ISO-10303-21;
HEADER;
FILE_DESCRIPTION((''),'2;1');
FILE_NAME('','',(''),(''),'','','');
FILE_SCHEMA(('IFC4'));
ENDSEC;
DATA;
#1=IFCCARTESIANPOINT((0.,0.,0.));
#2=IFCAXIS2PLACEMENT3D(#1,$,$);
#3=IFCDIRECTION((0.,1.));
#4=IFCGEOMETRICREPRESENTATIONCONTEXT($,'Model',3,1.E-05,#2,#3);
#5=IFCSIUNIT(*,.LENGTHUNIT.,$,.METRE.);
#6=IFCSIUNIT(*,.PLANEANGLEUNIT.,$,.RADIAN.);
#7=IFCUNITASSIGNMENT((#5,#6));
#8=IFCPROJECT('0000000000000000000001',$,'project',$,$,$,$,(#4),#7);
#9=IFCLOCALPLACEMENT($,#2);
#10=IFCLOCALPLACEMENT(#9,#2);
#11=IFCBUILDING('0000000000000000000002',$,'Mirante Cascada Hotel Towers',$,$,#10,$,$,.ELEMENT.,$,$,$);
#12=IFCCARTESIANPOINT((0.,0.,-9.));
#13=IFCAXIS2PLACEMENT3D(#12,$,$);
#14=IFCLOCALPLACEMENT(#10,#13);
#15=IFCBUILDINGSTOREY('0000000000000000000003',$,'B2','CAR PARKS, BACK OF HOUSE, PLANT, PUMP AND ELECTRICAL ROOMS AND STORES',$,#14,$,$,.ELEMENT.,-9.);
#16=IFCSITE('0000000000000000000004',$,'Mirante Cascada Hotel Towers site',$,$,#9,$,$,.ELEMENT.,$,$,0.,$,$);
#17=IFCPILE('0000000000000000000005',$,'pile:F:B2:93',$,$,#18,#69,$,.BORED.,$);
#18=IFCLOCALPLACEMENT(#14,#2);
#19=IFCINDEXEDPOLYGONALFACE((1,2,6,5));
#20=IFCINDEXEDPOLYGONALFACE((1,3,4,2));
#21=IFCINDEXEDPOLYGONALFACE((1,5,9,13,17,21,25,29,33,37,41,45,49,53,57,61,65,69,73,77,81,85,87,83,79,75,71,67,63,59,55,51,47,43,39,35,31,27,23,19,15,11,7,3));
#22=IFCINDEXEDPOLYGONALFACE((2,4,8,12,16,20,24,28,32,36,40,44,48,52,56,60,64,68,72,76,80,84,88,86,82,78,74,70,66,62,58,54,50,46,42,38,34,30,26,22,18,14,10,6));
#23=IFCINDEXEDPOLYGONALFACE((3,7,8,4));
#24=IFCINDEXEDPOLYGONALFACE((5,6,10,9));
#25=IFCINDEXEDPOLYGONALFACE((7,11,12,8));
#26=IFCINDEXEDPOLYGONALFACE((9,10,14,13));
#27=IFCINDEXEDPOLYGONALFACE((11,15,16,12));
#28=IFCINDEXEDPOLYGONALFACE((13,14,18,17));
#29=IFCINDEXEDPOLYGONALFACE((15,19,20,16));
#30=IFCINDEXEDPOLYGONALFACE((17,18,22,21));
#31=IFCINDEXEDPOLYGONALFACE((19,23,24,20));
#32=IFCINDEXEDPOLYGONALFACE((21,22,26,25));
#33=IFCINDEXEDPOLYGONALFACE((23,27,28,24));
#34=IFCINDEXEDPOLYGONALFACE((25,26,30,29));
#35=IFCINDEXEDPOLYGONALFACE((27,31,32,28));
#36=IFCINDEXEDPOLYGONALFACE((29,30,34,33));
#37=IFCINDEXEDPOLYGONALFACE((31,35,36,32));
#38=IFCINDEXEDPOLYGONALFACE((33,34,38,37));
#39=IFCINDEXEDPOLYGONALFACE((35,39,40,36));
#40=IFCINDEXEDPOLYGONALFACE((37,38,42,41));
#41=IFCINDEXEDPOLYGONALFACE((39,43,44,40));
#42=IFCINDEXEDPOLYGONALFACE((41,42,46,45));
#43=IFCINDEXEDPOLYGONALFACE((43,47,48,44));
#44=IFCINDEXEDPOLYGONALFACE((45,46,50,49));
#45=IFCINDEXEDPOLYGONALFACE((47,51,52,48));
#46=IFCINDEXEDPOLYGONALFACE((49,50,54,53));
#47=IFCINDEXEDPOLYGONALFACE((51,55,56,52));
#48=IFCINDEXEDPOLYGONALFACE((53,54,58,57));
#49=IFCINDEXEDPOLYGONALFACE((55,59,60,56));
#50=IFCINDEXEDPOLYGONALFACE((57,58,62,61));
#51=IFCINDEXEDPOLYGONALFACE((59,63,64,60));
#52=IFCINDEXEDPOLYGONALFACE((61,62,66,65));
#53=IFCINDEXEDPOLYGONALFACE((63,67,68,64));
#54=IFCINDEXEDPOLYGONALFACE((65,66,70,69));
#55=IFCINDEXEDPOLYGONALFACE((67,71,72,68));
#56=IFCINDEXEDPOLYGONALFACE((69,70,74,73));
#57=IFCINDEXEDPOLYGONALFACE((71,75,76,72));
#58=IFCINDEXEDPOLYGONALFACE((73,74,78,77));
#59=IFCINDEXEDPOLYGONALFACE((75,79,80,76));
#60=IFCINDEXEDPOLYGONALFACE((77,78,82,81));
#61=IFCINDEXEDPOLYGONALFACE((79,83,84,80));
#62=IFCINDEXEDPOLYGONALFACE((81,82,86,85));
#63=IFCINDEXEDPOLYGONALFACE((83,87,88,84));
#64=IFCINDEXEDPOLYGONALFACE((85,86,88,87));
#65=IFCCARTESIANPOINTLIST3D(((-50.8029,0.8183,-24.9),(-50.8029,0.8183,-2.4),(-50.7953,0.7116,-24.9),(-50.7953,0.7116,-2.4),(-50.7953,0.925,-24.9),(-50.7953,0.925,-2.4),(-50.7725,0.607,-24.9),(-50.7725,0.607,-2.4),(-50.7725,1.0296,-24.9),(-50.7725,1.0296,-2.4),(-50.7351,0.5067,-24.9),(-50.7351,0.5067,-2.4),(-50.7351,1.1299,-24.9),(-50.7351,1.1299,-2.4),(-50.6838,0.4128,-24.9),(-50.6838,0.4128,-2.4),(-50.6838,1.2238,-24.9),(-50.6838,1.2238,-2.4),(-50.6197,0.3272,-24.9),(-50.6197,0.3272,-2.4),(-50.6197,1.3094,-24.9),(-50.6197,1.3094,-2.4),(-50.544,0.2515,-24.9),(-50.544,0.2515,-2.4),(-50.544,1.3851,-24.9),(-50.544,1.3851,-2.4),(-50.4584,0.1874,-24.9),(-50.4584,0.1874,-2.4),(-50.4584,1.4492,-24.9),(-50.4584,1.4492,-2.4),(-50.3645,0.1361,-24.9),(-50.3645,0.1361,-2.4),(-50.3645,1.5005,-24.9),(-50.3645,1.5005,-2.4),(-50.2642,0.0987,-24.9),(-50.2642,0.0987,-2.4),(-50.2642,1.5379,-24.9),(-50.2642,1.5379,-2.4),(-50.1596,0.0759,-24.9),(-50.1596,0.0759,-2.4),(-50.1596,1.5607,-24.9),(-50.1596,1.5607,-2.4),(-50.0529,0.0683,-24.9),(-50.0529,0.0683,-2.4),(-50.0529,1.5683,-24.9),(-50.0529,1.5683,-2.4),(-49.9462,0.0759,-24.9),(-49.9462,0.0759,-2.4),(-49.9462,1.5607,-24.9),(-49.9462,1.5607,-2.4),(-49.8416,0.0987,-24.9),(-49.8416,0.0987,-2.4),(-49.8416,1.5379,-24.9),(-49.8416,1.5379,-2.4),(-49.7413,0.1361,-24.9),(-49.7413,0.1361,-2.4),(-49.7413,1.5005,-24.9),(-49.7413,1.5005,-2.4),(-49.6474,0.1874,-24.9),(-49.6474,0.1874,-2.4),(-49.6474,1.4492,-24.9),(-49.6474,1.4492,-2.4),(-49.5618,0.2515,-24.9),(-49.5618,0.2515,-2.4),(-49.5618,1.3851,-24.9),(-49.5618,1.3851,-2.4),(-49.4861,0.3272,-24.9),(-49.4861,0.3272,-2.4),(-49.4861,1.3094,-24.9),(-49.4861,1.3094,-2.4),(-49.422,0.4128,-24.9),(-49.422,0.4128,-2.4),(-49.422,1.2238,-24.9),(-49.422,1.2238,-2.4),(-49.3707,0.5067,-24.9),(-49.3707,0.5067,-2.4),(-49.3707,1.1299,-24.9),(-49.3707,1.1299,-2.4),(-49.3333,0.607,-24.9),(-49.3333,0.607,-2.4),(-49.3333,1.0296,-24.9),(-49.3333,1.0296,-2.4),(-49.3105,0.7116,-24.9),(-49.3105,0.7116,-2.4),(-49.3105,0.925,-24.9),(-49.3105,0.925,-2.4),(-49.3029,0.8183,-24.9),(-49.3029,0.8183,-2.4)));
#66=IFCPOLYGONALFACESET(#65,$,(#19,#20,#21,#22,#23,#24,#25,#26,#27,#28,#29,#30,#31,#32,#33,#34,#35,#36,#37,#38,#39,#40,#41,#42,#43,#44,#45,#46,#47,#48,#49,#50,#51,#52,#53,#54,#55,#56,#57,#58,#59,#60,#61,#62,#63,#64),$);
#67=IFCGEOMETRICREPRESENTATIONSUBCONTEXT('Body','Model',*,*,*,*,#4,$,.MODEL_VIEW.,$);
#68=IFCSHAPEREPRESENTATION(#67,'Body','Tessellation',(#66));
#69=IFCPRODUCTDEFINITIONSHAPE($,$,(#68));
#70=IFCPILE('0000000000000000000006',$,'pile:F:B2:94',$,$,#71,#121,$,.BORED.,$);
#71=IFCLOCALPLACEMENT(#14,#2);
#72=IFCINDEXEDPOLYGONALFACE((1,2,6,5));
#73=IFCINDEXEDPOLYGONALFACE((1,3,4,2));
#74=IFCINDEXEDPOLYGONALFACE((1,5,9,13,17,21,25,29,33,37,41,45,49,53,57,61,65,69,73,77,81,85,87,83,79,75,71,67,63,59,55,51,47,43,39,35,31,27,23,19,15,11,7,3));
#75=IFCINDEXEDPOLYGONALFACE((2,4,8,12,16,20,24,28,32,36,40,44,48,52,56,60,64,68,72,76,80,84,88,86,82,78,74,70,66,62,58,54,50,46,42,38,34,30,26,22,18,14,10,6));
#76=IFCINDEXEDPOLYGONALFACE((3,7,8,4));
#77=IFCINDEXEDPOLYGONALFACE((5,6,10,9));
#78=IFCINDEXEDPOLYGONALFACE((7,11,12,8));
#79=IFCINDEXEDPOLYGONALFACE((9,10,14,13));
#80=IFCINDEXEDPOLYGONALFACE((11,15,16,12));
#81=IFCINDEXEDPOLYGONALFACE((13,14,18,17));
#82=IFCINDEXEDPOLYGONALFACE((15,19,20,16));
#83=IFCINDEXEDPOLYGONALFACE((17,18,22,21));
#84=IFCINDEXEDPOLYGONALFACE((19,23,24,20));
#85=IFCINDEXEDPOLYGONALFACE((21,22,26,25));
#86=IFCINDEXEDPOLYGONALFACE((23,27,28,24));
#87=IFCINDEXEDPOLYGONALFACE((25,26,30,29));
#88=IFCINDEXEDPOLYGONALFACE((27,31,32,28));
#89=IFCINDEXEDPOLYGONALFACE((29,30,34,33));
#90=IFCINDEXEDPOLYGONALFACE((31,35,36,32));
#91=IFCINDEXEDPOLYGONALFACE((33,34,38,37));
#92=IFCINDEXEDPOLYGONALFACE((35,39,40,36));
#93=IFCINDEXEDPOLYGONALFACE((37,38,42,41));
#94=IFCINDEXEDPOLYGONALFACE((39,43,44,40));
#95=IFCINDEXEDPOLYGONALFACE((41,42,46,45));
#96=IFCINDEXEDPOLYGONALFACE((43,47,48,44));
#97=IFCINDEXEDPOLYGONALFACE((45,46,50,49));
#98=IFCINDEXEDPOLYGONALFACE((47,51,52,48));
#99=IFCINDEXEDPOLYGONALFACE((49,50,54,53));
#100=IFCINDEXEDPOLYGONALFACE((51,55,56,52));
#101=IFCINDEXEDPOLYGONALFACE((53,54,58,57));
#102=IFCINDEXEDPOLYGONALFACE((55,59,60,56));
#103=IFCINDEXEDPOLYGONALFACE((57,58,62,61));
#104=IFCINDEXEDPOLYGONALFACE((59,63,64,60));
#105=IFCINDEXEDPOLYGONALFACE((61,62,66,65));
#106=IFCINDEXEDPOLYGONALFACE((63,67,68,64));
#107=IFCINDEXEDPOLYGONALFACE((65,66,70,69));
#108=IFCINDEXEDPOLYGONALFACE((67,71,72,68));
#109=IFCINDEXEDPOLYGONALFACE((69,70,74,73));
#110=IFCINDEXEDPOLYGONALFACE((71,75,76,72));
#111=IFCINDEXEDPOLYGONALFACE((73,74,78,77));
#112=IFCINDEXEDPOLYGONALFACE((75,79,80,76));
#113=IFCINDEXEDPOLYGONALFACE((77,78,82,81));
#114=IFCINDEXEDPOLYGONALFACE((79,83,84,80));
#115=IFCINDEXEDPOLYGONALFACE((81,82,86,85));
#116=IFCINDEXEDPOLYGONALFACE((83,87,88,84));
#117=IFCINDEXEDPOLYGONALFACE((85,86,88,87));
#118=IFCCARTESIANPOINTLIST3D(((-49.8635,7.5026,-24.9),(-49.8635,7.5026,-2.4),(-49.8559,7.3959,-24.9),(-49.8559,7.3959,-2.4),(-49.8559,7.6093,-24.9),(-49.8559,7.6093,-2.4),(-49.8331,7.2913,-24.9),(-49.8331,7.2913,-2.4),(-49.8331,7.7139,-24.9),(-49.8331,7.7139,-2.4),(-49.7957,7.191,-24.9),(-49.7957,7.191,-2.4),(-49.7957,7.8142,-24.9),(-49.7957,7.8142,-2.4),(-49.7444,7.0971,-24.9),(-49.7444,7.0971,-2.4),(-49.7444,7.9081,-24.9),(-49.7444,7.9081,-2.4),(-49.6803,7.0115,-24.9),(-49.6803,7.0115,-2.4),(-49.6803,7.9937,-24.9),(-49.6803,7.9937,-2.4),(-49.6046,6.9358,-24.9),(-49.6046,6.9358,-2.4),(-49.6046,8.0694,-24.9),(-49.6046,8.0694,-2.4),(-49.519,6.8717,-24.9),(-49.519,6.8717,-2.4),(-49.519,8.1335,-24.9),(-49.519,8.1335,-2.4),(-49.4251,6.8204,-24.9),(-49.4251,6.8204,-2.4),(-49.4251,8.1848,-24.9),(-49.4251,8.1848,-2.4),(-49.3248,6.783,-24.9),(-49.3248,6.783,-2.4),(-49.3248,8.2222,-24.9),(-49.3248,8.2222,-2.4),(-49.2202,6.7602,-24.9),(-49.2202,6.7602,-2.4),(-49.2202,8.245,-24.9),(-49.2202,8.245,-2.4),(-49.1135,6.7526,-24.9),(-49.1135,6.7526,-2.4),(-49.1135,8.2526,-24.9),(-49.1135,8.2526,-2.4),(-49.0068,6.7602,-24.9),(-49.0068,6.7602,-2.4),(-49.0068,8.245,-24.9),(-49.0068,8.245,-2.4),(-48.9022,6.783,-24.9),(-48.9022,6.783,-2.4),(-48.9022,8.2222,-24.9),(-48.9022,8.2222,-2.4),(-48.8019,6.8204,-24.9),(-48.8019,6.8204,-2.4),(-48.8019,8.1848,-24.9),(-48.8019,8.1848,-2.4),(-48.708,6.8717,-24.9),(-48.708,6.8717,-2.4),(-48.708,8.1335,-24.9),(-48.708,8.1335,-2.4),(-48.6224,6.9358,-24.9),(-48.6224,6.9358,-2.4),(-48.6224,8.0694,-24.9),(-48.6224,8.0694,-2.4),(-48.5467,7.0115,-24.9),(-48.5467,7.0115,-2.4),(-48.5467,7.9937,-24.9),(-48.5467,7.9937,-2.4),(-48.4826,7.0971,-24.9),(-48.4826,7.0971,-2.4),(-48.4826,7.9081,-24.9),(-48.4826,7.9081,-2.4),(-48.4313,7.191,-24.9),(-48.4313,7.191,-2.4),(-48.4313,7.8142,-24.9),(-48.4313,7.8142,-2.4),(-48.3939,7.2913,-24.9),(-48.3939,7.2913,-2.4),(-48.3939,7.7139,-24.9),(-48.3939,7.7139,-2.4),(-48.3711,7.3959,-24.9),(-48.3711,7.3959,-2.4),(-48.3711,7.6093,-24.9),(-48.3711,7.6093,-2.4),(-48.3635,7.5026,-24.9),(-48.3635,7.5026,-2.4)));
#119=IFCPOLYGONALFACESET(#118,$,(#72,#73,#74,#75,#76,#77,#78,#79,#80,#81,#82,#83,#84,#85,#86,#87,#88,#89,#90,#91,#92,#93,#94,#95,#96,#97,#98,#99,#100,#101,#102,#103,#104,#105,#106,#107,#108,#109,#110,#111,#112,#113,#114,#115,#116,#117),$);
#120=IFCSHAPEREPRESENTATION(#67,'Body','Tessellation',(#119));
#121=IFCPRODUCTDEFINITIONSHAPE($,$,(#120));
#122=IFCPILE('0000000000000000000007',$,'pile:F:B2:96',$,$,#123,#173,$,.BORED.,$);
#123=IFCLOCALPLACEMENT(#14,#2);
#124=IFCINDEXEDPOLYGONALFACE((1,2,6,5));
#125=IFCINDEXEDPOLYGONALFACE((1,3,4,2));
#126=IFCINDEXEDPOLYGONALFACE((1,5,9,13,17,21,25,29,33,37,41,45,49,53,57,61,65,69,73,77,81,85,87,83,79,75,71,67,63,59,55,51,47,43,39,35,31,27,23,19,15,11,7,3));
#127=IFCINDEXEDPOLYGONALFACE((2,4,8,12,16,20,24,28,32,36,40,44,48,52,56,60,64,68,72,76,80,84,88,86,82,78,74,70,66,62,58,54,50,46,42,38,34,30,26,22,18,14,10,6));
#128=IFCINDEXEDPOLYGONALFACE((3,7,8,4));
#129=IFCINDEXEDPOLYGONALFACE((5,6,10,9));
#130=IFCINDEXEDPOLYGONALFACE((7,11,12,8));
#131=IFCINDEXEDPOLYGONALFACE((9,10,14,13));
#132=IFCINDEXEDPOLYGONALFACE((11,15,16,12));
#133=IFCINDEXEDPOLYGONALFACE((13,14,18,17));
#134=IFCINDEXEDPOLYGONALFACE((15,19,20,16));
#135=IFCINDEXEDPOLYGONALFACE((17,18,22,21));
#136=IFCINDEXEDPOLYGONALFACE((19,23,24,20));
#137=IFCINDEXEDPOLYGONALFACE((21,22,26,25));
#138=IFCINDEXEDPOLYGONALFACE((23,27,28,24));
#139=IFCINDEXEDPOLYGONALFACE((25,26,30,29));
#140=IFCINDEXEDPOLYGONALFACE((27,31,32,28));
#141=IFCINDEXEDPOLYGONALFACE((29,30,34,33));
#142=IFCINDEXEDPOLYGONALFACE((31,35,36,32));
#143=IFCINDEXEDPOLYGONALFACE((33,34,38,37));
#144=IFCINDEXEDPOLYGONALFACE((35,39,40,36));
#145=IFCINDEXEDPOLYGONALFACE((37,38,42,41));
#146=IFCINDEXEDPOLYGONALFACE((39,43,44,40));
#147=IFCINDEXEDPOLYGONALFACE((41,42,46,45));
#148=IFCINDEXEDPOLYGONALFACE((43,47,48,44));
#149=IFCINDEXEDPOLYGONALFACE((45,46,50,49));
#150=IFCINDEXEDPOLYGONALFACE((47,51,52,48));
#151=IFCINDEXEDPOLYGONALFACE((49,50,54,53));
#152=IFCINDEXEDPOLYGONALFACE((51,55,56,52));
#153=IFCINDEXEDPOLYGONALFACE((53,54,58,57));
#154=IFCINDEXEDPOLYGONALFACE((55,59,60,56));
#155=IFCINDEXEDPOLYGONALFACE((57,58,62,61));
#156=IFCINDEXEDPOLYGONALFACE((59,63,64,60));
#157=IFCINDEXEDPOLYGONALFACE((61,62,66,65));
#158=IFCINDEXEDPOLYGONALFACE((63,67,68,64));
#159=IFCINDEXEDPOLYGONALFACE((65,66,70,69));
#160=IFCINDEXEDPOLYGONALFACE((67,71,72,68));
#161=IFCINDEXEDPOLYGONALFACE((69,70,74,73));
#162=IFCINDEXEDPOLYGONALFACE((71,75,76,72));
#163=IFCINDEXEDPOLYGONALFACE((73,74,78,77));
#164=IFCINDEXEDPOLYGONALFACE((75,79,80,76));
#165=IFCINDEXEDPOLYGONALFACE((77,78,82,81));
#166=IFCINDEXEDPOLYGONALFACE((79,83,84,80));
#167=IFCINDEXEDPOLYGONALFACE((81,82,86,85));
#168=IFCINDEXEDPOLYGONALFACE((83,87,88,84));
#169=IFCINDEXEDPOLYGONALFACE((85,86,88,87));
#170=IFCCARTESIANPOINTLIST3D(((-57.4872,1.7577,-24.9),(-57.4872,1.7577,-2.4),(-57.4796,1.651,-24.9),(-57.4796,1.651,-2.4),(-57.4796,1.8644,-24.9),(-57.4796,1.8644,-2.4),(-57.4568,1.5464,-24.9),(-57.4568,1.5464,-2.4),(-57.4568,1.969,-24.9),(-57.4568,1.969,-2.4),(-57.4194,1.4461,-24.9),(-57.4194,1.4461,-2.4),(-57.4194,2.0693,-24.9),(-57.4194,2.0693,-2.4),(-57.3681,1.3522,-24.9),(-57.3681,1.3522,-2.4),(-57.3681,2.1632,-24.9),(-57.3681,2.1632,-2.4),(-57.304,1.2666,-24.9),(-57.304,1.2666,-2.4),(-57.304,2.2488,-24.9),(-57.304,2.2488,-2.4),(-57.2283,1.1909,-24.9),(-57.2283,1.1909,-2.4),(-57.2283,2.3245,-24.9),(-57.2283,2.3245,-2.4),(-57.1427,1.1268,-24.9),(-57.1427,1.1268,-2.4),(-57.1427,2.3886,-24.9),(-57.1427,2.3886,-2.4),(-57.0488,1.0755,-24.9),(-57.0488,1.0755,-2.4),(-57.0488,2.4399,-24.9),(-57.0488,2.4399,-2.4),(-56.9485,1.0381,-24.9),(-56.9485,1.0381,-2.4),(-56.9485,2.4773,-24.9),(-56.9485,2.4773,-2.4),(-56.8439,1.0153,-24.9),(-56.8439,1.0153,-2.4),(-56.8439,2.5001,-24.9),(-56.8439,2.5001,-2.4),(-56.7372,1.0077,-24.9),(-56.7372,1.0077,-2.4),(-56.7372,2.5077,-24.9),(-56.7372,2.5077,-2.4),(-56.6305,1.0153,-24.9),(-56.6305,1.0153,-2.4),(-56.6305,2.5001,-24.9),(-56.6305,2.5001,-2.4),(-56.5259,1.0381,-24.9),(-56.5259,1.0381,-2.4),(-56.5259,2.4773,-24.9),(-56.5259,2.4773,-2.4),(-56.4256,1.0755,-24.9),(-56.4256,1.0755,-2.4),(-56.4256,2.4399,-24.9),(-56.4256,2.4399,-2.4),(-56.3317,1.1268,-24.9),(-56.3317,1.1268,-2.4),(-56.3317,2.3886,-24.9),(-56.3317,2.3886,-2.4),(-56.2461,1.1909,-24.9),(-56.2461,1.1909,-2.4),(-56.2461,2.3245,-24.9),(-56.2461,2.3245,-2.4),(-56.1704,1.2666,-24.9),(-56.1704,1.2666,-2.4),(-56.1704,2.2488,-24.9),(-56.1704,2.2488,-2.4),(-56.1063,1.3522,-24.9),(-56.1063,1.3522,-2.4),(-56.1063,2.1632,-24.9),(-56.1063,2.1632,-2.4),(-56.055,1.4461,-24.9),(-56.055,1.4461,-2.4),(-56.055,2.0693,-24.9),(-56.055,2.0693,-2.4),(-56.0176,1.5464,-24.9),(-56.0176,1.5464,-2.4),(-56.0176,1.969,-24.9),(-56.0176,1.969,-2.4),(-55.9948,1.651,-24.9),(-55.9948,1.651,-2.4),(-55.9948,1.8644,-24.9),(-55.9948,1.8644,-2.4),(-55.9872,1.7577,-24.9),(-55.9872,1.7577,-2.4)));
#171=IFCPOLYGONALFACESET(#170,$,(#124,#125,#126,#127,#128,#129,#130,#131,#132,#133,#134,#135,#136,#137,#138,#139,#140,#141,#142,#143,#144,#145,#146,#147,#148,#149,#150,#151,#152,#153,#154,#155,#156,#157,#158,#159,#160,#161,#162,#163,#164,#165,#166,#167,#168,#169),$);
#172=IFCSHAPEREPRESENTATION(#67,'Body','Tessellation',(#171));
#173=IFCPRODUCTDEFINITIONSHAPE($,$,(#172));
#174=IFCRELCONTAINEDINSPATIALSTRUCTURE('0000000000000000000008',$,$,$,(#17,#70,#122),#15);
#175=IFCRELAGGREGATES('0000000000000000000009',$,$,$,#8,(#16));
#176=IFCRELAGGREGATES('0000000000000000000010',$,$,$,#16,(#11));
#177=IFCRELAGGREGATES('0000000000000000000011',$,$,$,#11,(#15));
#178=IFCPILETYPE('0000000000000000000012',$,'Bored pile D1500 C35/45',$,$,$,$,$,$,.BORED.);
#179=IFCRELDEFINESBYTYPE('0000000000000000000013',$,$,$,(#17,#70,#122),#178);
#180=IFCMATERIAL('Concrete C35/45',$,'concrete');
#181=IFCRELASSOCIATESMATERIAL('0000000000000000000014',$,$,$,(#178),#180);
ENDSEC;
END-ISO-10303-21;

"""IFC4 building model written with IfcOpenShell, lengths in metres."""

from ifc_helpers import new_model, si_unit, direction, frame, origin, origin_2d, place, context, subcontext, project, spatial, circle, extrude, material, material_profile, profile_set, type_object, element, save


model = new_model("IFC4")

# Units and contexts
model_context = context("Model", 3, precision=1e-05, world=origin(), true_north=direction((0.0, 1.0)))
body_context = subcontext(model_context, "Body", "Model", "MODEL_VIEW")
ifc_project = project(units=[si_unit("LENGTHUNIT", "METRE"), si_unit("PLANEANGLEUNIT", "RADIAN")], contexts=[model_context])

# Site, building, storey
site_placement = place(None, origin())
site = spatial("IfcSite", under=ifc_project, at=site_placement, Name="Mirante Cascada Hotel Towers site", CompositionType="ELEMENT", RefElevation=0.0)
building_placement = place(site_placement, origin())
building = spatial("IfcBuilding", under=site, at=building_placement, Name="Mirante Cascada Hotel Towers", CompositionType="ELEMENT")
storey_placement = place(building_placement, frame((0.0, 0.0, -9.0)))
storey = spatial("IfcBuildingStorey", under=building, at=storey_placement, Name="B2", Description="CAR PARKS, BACK OF HOUSE, PLANT, PUMP AND ELECTRICAL ROOMS AND STORES", CompositionType="ELEMENT", Elevation=-9.0)

# Piles
ifc_material_1 = material(Name="Concrete C35/45", Category="concrete")
ifc_material_profile_1 = material_profile(ifc_material_1, circle(Radius=0.75, at=origin_2d()), Name="RC D1500")
ifc_profile_set_1 = profile_set([ifc_material_profile_1], Name="Concrete C35/45")
pile_type = type_object("IfcPileType", Name="Bored pile D1500 C35/45", PredefinedType="BORED", material=ifc_profile_set_1)
for number, where, z_axis, x_axis, name in (
    (1, (-50.0529, 0.8183, -2.4), (0.0, 0.0, -1.0), (1.0, 0.0, 0.0), "pile:F:B2:93"),
    (2, (-49.1135, 7.5026, -2.4), (0.0, 0.0, -1.0), (1.0, 0.0, 0.0), "pile:F:B2:94"),
    (3, (-56.7372, 1.7577, -2.4), (0.0, 0.0, -1.0), (1.0, 0.0, 0.0), "pile:F:B2:96"),
):
    element("IfcPile", number, at=place(storey_placement, frame(where, z_axis=z_axis, x_axis=x_axis)), inside=storey, type_object=pile_type, Name=name, PredefinedType="BORED", context=body_context, shape_type="SweptSolid", body=[
        extrude(circle(Radius=0.75, at=origin_2d()), origin(), (0.0, 0.0, 1.0), 22.5),
    ])

save(model, "model.ifc")
